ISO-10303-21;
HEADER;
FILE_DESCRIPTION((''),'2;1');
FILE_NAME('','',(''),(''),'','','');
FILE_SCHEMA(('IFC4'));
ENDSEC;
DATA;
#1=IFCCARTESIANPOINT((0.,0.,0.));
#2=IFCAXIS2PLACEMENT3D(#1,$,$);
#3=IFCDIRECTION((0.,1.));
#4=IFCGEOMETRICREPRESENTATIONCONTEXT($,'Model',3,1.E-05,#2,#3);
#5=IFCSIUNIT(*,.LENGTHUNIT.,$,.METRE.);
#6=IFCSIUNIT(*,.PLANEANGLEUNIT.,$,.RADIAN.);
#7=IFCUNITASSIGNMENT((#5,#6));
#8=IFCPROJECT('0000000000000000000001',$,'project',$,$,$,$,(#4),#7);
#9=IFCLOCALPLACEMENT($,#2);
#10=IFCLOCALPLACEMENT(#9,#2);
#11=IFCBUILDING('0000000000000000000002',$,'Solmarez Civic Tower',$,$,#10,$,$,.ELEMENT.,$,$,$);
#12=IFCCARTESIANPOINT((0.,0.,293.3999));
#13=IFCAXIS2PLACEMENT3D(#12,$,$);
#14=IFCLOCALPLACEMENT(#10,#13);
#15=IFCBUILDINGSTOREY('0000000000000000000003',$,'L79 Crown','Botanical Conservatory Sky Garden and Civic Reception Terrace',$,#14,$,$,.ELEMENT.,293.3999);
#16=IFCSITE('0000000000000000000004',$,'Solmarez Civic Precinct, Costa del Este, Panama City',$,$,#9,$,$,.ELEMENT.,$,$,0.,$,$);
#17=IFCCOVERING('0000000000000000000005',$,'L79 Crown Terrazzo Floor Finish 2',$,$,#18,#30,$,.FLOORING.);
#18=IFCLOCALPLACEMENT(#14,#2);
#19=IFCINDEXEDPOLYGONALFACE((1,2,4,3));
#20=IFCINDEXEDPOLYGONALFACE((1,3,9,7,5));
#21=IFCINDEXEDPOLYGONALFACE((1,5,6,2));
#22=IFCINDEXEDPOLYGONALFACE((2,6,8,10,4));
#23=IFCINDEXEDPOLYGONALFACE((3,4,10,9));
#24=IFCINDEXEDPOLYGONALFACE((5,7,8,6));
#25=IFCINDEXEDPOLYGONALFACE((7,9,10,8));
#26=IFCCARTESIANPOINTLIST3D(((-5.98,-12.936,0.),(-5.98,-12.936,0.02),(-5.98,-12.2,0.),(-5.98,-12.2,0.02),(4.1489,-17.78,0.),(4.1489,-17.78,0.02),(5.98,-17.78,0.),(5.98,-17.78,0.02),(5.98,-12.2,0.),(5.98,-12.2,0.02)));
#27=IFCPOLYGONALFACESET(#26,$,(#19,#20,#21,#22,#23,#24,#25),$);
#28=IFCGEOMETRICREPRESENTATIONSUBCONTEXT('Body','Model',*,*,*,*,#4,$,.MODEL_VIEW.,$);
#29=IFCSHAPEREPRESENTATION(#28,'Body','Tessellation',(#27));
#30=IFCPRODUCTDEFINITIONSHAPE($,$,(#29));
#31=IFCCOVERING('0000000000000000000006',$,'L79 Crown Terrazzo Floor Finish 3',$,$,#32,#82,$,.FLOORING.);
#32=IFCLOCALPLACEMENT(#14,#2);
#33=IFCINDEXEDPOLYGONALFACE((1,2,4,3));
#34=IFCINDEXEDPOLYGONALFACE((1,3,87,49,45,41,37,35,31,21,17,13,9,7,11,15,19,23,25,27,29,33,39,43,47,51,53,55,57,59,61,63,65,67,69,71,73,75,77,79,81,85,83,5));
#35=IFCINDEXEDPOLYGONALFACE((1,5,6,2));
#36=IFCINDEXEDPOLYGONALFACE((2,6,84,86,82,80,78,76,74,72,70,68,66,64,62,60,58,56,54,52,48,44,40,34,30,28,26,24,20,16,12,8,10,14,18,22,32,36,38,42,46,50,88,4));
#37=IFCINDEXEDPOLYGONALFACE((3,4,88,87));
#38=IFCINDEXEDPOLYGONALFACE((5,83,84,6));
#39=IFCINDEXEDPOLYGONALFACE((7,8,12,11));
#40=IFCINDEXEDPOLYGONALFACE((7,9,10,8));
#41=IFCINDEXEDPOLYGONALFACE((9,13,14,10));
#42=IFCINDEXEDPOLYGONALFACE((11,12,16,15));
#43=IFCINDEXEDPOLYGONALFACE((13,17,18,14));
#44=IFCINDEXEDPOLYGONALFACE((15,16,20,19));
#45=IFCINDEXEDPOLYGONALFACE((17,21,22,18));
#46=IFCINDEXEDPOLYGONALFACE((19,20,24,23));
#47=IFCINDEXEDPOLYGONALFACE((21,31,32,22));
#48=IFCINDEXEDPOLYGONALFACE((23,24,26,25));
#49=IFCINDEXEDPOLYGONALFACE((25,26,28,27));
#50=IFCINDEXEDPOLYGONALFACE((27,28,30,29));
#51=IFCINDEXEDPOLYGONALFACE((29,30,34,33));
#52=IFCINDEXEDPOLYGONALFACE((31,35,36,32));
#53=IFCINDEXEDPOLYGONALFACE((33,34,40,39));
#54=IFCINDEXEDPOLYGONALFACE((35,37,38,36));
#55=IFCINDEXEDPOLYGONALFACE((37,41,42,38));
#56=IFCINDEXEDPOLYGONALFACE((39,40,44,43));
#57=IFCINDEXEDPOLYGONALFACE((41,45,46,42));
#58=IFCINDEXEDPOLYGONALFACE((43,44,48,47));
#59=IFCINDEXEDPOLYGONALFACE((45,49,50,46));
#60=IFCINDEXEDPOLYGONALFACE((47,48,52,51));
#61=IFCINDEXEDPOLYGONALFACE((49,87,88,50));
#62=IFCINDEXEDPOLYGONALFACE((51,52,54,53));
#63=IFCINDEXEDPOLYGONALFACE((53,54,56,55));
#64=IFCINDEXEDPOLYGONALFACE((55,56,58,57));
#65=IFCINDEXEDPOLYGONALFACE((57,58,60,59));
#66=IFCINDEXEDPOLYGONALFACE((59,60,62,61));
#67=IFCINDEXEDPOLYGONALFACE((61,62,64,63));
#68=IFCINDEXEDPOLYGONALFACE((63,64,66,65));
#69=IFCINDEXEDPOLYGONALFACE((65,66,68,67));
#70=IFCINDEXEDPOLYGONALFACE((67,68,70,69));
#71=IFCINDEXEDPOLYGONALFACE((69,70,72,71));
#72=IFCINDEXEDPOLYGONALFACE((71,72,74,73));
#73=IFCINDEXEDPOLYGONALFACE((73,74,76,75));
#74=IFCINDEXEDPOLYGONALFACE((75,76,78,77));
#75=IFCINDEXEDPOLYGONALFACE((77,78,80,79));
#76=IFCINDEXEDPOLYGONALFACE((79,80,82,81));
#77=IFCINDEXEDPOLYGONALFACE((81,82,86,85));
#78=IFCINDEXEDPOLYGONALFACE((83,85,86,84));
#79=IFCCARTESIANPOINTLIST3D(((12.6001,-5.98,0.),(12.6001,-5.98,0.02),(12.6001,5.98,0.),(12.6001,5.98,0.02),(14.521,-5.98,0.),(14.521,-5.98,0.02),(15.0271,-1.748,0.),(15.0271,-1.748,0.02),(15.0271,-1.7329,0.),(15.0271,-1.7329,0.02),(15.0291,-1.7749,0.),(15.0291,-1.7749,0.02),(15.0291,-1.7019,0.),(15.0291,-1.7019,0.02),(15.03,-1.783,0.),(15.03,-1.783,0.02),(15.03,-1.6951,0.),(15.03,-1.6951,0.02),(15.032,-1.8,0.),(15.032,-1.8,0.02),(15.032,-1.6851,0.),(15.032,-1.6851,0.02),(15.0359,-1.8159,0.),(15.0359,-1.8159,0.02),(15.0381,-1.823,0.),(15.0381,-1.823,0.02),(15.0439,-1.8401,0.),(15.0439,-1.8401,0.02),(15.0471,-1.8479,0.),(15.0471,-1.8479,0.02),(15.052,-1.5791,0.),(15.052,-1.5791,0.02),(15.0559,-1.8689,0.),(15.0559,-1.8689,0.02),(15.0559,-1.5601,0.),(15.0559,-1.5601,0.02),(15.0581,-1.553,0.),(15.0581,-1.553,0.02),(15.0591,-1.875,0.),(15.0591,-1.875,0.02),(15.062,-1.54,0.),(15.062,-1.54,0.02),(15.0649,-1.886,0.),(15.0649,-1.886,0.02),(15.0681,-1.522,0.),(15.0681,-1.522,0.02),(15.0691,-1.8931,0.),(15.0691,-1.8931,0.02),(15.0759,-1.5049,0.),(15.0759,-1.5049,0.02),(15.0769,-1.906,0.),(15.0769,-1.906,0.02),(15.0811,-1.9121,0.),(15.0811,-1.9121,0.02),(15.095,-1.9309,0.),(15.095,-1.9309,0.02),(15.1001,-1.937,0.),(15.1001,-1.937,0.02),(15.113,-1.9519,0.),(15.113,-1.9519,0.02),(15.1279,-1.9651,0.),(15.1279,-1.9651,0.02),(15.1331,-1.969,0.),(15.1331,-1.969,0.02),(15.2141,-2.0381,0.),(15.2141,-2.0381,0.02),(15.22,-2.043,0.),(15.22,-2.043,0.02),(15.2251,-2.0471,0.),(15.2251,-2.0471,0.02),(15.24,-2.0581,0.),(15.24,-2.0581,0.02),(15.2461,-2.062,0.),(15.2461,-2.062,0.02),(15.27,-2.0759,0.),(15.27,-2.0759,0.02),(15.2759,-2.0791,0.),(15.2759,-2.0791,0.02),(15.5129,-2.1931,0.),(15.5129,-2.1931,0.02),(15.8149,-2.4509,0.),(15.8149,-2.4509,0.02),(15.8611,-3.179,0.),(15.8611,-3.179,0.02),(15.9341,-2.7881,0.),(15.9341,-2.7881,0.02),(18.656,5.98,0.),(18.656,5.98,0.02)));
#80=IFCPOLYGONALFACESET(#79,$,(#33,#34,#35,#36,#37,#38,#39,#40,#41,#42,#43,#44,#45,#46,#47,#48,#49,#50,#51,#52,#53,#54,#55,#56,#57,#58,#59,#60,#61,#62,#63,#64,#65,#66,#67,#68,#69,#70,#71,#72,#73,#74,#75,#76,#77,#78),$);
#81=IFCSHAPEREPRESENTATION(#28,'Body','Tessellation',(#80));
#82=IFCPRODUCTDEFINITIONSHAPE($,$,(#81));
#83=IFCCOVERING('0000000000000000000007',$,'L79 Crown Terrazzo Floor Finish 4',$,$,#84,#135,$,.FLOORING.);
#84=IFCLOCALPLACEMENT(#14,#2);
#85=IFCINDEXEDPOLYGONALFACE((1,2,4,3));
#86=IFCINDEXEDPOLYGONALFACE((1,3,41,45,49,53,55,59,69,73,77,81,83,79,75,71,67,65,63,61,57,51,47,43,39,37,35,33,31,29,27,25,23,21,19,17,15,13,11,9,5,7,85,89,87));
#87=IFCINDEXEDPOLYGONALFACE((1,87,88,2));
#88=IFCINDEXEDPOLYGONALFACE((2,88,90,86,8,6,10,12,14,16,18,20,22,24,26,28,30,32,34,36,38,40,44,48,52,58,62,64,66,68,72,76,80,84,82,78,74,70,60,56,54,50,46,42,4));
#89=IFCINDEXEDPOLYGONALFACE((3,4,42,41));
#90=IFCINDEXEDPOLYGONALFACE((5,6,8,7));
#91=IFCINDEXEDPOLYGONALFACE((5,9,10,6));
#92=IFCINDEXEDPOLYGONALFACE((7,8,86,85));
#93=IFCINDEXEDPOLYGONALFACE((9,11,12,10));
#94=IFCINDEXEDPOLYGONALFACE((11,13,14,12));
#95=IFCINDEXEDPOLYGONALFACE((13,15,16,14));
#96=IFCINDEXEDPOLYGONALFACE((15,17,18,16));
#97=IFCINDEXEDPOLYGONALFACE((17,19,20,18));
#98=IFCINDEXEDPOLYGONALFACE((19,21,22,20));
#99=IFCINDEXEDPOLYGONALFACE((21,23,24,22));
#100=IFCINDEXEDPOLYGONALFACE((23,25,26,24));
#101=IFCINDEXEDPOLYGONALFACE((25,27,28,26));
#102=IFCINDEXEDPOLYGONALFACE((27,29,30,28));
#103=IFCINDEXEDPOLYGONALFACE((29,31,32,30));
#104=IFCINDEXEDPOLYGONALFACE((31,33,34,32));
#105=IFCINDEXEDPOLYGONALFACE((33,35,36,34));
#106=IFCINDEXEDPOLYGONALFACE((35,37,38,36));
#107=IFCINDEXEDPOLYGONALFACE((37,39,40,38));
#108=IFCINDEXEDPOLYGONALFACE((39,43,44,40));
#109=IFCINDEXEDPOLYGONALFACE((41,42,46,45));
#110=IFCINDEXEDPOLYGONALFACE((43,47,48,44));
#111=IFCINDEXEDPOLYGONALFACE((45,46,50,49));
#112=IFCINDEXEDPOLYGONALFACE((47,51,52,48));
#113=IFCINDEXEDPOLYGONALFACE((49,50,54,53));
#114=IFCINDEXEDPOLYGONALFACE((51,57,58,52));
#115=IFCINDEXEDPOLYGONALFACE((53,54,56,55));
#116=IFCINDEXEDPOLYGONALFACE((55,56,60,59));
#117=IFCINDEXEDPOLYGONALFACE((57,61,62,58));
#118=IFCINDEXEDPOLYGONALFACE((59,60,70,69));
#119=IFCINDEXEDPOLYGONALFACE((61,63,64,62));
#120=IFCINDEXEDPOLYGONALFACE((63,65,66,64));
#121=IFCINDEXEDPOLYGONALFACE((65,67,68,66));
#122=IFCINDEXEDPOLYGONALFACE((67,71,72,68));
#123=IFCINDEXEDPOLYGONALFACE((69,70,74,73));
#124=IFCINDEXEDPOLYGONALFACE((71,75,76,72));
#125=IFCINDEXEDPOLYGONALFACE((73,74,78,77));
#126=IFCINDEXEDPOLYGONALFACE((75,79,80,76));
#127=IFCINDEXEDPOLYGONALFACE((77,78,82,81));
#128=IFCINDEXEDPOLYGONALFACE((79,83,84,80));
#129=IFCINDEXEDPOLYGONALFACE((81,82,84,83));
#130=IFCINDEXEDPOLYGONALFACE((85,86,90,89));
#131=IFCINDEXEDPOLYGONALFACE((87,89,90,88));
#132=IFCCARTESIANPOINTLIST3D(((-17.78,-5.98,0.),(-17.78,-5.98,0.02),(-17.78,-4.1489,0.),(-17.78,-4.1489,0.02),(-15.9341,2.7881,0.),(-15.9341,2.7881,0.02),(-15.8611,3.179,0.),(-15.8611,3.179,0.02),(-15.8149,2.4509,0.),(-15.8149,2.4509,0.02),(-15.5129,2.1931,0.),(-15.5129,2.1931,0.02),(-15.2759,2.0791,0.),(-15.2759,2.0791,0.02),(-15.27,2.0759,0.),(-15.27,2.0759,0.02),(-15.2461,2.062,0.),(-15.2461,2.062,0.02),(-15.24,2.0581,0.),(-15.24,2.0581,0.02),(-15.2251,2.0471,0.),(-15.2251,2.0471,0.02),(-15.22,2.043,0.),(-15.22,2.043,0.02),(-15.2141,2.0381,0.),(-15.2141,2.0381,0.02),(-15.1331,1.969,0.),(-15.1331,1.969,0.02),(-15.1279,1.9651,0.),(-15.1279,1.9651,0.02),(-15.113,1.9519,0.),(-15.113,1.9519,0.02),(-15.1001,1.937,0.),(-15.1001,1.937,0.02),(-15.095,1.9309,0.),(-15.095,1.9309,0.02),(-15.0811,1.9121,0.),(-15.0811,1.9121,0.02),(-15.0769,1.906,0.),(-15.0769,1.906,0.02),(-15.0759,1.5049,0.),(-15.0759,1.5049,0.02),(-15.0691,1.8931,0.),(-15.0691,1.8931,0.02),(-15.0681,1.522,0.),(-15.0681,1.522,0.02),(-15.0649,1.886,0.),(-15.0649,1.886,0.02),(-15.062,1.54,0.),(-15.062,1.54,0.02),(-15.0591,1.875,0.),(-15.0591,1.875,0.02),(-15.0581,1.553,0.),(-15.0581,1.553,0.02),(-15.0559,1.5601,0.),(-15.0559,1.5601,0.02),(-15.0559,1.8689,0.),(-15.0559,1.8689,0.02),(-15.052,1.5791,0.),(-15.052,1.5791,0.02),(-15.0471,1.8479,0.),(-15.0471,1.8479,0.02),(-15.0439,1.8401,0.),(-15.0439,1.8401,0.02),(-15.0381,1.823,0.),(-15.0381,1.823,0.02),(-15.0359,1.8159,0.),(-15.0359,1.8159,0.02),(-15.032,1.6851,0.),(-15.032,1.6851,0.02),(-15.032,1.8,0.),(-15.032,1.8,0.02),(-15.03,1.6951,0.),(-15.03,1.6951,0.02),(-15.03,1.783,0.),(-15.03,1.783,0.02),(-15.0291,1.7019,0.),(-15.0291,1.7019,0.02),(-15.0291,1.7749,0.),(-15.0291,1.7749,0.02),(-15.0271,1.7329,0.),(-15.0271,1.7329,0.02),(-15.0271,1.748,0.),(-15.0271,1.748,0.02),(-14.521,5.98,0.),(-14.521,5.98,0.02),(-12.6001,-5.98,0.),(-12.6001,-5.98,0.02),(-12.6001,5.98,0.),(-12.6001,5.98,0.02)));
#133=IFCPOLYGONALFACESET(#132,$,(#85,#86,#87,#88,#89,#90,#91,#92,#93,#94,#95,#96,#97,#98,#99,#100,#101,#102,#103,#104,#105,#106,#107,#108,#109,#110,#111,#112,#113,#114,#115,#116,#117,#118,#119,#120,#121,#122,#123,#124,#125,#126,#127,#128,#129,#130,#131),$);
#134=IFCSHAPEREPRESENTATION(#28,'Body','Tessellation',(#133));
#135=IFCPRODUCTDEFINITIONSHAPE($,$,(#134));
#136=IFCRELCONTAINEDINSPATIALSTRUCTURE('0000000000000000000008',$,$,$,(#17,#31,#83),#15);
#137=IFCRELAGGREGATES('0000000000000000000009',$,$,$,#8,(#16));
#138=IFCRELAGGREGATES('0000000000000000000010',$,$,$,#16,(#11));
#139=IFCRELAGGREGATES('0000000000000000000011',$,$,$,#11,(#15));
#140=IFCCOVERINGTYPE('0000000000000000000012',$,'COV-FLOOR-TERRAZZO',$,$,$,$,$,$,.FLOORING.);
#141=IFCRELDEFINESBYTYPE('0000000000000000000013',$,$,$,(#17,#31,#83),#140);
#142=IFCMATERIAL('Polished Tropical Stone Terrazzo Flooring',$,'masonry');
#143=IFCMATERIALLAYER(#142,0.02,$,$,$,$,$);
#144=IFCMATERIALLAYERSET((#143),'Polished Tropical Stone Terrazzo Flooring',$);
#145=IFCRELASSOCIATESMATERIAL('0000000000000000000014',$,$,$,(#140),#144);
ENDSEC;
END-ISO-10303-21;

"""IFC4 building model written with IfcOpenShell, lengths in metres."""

from ifc_helpers import new_model, si_unit, direction, frame, origin, place, context, subcontext, project, spatial, polyline, outline, extrude, material, layer, layer_set, type_object, element, save


model = new_model("IFC4")

# Units and contexts
model_context = context("Model", 3, precision=1e-05, world=origin(), true_north=direction((0.0, 1.0)))
body_context = subcontext(model_context, "Body", "Model", "MODEL_VIEW")
ifc_project = project(units=[si_unit("LENGTHUNIT", "METRE"), si_unit("PLANEANGLEUNIT", "RADIAN")], contexts=[model_context])

# Site, building, storey
site_placement = place(None, origin())
site = spatial("IfcSite", under=ifc_project, at=site_placement, Name="Solmarez Civic Precinct, Costa del Este, Panama City", CompositionType="ELEMENT", RefElevation=0.0)
building_placement = place(site_placement, origin())
building = spatial("IfcBuilding", under=site, at=building_placement, Name="Solmarez Civic Tower", CompositionType="ELEMENT")
storey_placement = place(building_placement, frame((0.0, 0.0, 293.3999)))
storey = spatial("IfcBuildingStorey", under=building, at=storey_placement, Name="L79 Crown", Description="Botanical Conservatory Sky Garden and Civic Reception Terrace", CompositionType="ELEMENT", Elevation=293.3999)

# Coverings
ifc_material_1 = material(Name="Polished Tropical Stone Terrazzo Flooring", Category="masonry")
ifc_layer_1 = layer(ifc_material_1, 0.02)
ifc_layer_set_1 = layer_set([ifc_layer_1], Name="Polished Tropical Stone Terrazzo Flooring")
covering_type_1 = type_object("IfcCoveringType", Name="COV-FLOOR-TERRAZZO", PredefinedType="FLOORING", material=ifc_layer_set_1)
covering_1_placement = place(storey_placement, origin())
element("IfcCovering", 1, at=covering_1_placement, inside=storey, type_object=covering_type_1, Name="L79 Crown Terrazzo Floor Finish 2", PredefinedType="FLOORING", context=body_context, shape_type="SweptSolid", body=[
    extrude(outline(polyline([(5.98, -12.2), (-5.98, -12.2), (-5.98, -12.936), (4.1489, -17.78), (5.98, -17.78), (5.98, -12.2)])), origin(), (0.0, 0.0, 1.0), 0.02),
])
covering_2_placement = place(storey_placement, origin())
element("IfcCovering", 2, at=covering_2_placement, inside=storey, type_object=covering_type_1, Name="L79 Crown Terrazzo Floor Finish 3", PredefinedType="FLOORING", context=body_context, shape_type="SweptSolid", body=[
    extrude(outline(polyline([(12.6001, 5.98), (12.6001, -5.98), (14.521, -5.98), (15.8611, -3.179), (15.9341, -2.7881), (15.8149, -2.4509), (15.5129, -2.1931), (15.2759, -2.0791), (15.27, -2.0759), (15.2461, -2.062), (15.24, -2.0581), (15.2251, -2.0471), (15.22, -2.043), (15.2141, -2.0381), (15.1331, -1.969), (15.1279, -1.9651), (15.113, -1.9519), (15.1001, -1.937), (15.095, -1.9309), (15.0811, -1.9121), (15.0769, -1.906), (15.0691, -1.8931), (15.0649, -1.886), (15.0591, -1.875), (15.0559, -1.8689), (15.0471, -1.8479), (15.0439, -1.8401), (15.0381, -1.823), (15.0359, -1.8159), (15.032, -1.8), (15.03, -1.783), (15.0291, -1.7749), (15.0271, -1.748), (15.0271, -1.7329), (15.0291, -1.7019), (15.03, -1.6951), (15.032, -1.6851), (15.052, -1.5791), (15.0559, -1.5601), (15.0581, -1.553), (15.062, -1.54), (15.0681, -1.522), (15.0759, -1.5049), (18.656, 5.98), (12.6001, 5.98)])), origin(), (0.0, 0.0, 1.0), 0.02),
])
covering_3_placement = place(storey_placement, origin())
element("IfcCovering", 3, at=covering_3_placement, inside=storey, type_object=covering_type_1, Name="L79 Crown Terrazzo Floor Finish 4", PredefinedType="FLOORING", context=body_context, shape_type="SweptSolid", body=[
    extrude(outline(polyline([(-12.6001, -5.98), (-12.6001, 5.98), (-14.521, 5.98), (-15.8611, 3.179), (-15.9341, 2.7881), (-15.8149, 2.4509), (-15.5129, 2.1931), (-15.2759, 2.0791), (-15.27, 2.0759), (-15.2461, 2.062), (-15.24, 2.0581), (-15.2251, 2.0471), (-15.22, 2.043), (-15.2141, 2.0381), (-15.1331, 1.969), (-15.1279, 1.9651), (-15.113, 1.9519), (-15.1001, 1.937), (-15.095, 1.9309), (-15.0811, 1.9121), (-15.0769, 1.906), (-15.0691, 1.8931), (-15.0649, 1.886), (-15.0591, 1.875), (-15.0559, 1.8689), (-15.0471, 1.8479), (-15.0439, 1.8401), (-15.0381, 1.823), (-15.0359, 1.8159), (-15.032, 1.8), (-15.03, 1.783), (-15.0291, 1.7749), (-15.0271, 1.748), (-15.0271, 1.7329), (-15.0291, 1.7019), (-15.03, 1.6951), (-15.032, 1.6851), (-15.052, 1.5791), (-15.0559, 1.5601), (-15.0581, 1.553), (-15.062, 1.54), (-15.0681, 1.522), (-15.0759, 1.5049), (-17.78, -4.1489), (-17.78, -5.98), (-12.6001, -5.98)])), origin(), (0.0, 0.0, 1.0), 0.02),
])

save(model, "model.ifc")
